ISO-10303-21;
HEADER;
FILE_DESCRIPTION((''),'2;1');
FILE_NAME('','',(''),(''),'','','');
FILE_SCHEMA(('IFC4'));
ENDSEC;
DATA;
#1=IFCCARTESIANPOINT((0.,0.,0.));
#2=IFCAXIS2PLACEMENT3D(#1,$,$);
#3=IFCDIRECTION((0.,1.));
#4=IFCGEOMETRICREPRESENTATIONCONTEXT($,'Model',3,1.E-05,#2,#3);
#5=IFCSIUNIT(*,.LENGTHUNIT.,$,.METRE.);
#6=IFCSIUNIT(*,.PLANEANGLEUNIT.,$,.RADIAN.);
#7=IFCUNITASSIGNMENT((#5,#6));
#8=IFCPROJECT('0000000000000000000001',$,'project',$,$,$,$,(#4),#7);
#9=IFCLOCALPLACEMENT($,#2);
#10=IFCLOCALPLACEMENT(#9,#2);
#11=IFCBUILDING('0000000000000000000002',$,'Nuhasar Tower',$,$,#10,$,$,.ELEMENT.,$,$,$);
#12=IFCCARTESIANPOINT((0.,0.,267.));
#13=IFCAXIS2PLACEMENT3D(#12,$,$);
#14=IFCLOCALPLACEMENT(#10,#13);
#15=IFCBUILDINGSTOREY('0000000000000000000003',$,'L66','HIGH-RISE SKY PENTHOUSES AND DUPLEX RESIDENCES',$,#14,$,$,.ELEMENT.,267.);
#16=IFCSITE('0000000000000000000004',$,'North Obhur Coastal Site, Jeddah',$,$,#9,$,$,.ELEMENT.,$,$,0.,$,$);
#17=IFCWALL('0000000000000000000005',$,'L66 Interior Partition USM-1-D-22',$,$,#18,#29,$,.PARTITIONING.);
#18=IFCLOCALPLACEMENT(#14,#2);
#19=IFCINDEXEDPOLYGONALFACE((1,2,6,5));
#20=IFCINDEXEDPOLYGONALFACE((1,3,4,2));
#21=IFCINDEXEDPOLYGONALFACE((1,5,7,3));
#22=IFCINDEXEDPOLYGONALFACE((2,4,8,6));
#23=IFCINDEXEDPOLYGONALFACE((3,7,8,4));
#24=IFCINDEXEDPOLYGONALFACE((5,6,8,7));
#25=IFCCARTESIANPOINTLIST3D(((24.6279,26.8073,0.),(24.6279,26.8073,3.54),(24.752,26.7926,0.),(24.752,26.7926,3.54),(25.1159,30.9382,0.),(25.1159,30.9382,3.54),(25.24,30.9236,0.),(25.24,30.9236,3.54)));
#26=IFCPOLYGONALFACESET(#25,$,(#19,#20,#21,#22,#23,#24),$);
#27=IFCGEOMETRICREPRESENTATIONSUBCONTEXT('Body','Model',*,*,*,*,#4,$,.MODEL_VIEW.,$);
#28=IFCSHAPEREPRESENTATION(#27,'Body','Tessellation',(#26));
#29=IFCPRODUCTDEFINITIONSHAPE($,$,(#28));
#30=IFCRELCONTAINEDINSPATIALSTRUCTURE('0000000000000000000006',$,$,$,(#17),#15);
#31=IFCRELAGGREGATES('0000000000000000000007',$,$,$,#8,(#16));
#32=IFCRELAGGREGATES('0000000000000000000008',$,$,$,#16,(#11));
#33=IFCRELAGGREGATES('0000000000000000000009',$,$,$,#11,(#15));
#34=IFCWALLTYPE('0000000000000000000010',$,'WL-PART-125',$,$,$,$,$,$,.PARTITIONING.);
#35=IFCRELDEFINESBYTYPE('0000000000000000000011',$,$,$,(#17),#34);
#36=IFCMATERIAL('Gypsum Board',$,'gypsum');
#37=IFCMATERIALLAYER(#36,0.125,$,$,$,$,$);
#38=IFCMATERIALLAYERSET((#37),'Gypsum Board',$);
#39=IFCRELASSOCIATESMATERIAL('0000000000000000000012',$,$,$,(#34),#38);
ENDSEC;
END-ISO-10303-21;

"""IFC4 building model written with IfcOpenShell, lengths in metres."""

from ifc_helpers import new_model, si_unit, direction, frame, frame_2d, origin, place, context, subcontext, project, spatial, rectangle, extrude, material, layer, layer_set, type_object, element, save


model = new_model("IFC4")

# Units and contexts
model_context = context("Model", 3, precision=1e-05, world=origin(), true_north=direction((0.0, 1.0)))
body_context = subcontext(model_context, "Body", "Model", "MODEL_VIEW")
ifc_project = project(units=[si_unit("LENGTHUNIT", "METRE"), si_unit("PLANEANGLEUNIT", "RADIAN")], contexts=[model_context])

# Site, building, storey
site_placement = place(None, origin())
site = spatial("IfcSite", under=ifc_project, at=site_placement, Name="North Obhur Coastal Site, Jeddah", CompositionType="ELEMENT", RefElevation=0.0)
building_placement = place(site_placement, origin())
building = spatial("IfcBuilding", under=site, at=building_placement, Name="Nuhasar Tower", CompositionType="ELEMENT")
storey_placement = place(building_placement, frame((0.0, 0.0, 267.0)))
storey = spatial("IfcBuildingStorey", under=building, at=storey_placement, Name="L66", Description="HIGH-RISE SKY PENTHOUSES AND DUPLEX RESIDENCES", CompositionType="ELEMENT", Elevation=267.0)

# Wall
ifc_material_1 = material(Name="Gypsum Board", Category="gypsum")
ifc_layer_1 = layer(ifc_material_1, 0.125)
ifc_layer_set_1 = layer_set([ifc_layer_1], Name="Gypsum Board")
wall_type = type_object("IfcWallType", Name="WL-PART-125", PredefinedType="PARTITIONING", material=ifc_layer_set_1)
wall_placement = place(storey_placement, frame((25.178, 30.9309, 0.0), z_axis=(0.0, 0.0, 1.0), x_axis=(-0.117328, -0.993093, 0.0)))
element("IfcWall", 1, at=wall_placement, inside=storey, type_object=wall_type, Name="L66 Interior Partition USM-1-D-22", PredefinedType="PARTITIONING", context=body_context, shape_type="SweptSolid", body=[
    extrude(rectangle(XDim=4.1597, YDim=0.125, at=frame_2d((2.0798, 0.0))), origin(), (0.0, 0.0, 1.0), 3.54),
])

save(model, "model.ifc")
